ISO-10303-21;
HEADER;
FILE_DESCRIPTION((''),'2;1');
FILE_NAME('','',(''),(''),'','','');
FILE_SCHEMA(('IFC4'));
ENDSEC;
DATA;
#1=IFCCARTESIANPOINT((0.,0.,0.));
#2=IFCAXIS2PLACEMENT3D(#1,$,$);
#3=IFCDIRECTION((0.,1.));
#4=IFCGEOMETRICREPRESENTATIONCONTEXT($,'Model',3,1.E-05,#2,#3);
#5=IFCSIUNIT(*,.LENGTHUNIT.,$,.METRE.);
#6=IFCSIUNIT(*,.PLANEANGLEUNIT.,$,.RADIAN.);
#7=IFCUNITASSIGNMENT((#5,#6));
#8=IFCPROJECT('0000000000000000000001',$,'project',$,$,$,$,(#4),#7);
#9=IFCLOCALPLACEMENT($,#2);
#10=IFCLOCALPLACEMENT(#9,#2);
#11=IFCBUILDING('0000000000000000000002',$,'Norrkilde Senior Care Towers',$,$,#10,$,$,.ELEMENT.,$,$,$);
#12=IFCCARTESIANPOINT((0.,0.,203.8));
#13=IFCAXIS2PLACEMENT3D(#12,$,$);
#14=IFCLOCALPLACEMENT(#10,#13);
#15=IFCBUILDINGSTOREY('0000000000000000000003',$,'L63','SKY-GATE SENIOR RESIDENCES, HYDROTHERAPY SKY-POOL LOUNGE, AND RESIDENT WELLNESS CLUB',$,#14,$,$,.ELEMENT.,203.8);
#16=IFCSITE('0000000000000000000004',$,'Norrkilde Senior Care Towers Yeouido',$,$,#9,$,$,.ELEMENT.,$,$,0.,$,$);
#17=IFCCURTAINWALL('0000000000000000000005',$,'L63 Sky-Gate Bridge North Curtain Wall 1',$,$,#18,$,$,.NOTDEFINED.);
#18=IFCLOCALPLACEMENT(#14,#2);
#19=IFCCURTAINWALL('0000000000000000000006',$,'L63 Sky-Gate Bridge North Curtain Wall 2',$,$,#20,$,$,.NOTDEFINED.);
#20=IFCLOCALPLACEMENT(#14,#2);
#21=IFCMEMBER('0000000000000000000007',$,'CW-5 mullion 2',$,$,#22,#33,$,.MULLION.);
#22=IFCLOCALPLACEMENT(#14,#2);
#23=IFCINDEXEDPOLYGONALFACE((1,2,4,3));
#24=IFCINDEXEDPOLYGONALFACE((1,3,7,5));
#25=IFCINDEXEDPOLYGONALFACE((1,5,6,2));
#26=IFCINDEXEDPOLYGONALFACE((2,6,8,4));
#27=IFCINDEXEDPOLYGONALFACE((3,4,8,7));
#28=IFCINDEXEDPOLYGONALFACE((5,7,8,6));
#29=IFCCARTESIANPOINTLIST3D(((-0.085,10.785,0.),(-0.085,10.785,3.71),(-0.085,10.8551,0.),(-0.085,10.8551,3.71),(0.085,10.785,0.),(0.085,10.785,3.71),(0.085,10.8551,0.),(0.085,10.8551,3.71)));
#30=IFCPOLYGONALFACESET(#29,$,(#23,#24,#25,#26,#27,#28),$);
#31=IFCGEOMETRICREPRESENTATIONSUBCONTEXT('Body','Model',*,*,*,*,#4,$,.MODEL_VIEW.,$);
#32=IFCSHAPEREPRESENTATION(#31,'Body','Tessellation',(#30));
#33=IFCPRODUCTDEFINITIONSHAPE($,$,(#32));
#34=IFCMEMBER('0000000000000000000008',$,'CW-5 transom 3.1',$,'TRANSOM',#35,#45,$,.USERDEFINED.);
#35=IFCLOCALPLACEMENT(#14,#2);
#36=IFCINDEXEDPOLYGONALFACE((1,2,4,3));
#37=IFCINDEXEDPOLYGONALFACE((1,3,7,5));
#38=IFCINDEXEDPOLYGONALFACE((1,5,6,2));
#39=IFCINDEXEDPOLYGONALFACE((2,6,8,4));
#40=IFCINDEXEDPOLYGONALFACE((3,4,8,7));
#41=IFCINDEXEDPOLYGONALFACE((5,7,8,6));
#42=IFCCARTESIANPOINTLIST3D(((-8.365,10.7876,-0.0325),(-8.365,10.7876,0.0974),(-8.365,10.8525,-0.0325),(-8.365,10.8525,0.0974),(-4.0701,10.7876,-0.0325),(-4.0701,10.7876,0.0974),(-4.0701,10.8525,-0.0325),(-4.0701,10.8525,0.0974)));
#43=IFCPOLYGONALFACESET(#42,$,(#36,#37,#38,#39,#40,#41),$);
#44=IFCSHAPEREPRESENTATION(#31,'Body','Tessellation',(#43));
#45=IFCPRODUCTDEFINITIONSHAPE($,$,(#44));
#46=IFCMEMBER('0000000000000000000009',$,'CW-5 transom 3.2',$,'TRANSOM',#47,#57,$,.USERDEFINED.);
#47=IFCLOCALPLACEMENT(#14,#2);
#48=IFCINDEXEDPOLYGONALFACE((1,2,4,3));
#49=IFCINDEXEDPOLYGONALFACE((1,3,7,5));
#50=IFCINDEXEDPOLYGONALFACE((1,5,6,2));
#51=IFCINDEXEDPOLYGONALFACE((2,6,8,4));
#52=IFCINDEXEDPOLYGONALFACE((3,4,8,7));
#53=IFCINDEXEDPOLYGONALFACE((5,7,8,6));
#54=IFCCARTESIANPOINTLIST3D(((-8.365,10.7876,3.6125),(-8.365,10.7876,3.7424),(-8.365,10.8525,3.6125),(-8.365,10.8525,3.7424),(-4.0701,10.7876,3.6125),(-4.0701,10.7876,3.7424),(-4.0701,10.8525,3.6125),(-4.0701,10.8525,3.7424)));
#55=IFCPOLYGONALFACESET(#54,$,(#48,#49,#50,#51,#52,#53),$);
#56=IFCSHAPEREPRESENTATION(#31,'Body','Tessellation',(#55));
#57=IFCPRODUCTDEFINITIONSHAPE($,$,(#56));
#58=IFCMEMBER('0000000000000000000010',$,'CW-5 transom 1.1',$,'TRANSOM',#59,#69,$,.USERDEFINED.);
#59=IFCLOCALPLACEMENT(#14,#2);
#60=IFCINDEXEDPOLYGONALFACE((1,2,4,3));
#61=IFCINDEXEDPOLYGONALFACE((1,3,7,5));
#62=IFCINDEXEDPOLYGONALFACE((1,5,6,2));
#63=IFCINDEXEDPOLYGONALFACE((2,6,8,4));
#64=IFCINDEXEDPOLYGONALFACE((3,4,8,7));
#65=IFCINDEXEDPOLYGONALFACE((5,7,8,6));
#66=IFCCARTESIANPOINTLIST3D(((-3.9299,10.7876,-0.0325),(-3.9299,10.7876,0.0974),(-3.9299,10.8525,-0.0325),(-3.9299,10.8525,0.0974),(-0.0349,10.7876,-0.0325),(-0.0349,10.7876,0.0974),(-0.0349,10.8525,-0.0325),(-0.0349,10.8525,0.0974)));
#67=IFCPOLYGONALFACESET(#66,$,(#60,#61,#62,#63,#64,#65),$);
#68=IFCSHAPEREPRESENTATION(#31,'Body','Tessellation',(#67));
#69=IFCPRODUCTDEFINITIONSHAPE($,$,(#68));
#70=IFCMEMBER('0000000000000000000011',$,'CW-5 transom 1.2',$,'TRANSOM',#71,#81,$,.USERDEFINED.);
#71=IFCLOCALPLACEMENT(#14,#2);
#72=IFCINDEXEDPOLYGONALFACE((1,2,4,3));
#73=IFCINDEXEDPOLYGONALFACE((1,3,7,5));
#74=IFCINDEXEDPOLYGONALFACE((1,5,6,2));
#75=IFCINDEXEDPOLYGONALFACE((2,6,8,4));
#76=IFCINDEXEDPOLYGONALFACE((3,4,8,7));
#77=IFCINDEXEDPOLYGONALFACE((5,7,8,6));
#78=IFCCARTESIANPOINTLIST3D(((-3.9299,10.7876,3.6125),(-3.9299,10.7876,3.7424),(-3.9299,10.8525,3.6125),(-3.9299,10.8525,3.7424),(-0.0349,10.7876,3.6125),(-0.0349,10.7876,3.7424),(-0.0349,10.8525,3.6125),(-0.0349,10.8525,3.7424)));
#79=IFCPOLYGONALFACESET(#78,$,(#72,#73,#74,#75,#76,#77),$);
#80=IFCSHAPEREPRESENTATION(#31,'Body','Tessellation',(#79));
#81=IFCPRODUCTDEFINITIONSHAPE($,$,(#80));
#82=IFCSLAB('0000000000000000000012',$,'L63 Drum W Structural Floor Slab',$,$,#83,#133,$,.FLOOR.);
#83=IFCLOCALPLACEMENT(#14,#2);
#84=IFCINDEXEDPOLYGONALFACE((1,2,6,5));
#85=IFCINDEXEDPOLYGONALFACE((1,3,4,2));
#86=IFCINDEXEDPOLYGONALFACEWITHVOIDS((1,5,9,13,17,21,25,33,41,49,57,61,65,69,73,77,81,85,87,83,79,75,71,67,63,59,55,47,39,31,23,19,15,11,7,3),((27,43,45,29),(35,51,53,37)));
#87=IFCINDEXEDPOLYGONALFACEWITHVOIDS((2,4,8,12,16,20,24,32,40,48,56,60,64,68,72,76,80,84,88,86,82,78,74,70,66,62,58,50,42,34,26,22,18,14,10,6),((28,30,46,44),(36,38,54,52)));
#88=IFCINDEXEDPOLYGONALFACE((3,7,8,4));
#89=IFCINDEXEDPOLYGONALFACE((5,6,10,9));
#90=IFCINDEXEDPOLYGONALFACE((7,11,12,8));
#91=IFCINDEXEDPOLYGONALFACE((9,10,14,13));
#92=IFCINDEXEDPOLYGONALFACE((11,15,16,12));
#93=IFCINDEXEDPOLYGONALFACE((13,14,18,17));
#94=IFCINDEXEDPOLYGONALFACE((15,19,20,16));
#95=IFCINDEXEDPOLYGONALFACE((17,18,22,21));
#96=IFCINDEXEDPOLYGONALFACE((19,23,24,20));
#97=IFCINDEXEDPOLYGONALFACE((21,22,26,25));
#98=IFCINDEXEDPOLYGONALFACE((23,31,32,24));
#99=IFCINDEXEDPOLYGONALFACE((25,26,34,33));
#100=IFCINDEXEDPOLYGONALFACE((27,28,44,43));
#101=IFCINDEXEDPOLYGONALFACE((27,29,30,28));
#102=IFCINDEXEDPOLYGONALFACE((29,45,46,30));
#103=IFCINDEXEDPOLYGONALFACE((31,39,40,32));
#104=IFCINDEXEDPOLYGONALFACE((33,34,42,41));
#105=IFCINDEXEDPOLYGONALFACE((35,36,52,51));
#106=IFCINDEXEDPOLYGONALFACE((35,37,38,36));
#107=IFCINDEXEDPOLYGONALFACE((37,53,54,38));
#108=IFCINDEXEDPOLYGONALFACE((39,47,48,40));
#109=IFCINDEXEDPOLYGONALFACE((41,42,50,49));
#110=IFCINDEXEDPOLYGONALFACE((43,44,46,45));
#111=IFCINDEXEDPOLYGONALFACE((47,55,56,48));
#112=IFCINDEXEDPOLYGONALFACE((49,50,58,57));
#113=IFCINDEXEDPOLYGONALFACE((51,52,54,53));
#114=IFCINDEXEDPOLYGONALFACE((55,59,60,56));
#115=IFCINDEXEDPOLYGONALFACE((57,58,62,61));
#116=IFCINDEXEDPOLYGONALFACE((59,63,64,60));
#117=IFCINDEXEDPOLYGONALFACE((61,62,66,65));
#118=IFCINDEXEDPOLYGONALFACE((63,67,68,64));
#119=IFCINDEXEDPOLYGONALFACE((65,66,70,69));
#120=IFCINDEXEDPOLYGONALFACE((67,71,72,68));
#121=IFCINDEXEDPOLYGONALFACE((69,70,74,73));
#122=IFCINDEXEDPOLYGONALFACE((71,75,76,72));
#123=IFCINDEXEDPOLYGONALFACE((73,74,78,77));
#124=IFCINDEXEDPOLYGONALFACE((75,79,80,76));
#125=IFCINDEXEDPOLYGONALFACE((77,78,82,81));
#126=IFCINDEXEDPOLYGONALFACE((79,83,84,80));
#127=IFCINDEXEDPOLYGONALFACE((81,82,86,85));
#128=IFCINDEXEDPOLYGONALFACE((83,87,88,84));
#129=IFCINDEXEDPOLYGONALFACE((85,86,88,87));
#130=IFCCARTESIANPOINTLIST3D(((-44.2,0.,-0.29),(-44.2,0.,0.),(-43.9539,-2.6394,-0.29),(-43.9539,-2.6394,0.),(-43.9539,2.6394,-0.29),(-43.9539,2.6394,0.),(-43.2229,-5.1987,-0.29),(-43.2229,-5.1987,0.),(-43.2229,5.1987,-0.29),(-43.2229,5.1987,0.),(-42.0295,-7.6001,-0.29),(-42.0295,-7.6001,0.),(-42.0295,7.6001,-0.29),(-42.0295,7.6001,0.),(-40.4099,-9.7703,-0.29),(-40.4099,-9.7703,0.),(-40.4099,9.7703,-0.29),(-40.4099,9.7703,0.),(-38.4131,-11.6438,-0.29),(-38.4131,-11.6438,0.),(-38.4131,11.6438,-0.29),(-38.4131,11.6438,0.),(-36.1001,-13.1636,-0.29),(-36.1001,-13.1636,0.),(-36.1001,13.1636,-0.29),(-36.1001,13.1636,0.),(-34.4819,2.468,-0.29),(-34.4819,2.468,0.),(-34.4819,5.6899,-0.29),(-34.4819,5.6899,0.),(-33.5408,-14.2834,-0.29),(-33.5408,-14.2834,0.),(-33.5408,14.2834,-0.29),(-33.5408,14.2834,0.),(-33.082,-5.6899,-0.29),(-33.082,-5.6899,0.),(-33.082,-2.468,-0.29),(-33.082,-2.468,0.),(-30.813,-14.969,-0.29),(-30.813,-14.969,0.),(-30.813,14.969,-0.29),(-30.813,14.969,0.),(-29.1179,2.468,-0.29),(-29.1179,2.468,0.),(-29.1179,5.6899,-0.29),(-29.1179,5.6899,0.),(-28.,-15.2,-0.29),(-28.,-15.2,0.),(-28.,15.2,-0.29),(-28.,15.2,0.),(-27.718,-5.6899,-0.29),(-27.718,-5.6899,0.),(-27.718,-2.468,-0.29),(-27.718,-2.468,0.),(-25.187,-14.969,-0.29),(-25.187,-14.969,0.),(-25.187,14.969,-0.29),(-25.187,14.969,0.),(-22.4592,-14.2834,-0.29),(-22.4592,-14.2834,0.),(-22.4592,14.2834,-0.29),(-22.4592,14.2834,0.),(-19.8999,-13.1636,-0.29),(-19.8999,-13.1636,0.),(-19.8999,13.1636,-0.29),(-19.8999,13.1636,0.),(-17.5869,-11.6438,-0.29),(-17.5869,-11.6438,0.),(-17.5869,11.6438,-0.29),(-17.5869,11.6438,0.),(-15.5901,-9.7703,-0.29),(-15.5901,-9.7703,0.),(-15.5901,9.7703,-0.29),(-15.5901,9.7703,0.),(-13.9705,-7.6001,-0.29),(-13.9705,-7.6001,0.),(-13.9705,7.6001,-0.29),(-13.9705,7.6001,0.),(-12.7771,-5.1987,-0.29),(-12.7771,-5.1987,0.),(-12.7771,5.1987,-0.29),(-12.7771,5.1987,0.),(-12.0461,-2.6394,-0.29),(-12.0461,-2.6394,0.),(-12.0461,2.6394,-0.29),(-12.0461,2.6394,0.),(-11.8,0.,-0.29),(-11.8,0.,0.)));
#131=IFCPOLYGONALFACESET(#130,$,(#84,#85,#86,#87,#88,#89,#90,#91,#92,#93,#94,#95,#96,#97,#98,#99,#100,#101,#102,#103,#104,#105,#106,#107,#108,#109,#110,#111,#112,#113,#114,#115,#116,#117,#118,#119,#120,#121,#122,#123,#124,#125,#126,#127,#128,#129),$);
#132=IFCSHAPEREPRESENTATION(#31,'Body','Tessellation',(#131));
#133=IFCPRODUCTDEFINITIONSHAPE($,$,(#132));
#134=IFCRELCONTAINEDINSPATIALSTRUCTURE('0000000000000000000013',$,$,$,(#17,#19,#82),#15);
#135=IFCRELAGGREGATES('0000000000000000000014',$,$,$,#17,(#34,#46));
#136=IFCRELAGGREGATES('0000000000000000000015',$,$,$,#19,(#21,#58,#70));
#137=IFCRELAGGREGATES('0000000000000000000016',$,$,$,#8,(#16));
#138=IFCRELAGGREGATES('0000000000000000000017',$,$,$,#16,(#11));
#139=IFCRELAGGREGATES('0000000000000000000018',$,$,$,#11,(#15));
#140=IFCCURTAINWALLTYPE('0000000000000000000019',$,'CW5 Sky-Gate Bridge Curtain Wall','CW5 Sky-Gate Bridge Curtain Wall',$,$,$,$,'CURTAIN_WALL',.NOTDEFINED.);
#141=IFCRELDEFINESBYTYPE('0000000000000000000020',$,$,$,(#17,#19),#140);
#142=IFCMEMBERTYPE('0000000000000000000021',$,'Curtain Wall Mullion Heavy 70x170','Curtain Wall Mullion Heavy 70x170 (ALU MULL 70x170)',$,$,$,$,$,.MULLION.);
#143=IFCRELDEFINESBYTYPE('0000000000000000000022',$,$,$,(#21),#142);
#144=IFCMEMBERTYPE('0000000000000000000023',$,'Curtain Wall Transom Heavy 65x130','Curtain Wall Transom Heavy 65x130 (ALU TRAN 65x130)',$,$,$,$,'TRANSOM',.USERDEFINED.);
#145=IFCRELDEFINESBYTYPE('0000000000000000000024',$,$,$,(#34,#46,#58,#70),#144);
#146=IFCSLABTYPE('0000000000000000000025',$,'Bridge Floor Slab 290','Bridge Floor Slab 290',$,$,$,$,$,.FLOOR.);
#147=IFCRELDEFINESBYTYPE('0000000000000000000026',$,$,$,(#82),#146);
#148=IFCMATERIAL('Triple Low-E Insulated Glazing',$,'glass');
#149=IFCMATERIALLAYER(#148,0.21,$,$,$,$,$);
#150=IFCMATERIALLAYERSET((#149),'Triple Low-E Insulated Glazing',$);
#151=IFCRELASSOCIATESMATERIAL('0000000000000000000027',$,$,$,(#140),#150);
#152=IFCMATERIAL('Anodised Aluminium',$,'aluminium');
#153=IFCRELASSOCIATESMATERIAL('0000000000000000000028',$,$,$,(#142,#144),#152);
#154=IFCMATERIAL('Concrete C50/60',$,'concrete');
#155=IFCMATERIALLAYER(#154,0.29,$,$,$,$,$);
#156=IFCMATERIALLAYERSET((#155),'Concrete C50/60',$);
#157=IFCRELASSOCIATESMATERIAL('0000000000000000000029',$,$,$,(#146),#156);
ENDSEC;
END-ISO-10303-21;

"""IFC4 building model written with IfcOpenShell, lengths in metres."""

from ifc_helpers import new_model, si_unit, direction, frame, origin, origin_2d, place, context, subcontext, project, spatial, polyline, rectangle, outline, extrude, source, transform, mapped, material, layer, layer_set, material_profile, profile_set, type_object, type_shapes, element, aggregate, save


model = new_model("IFC4")

# Units and contexts
model_context = context("Model", 3, precision=1e-05, world=origin(), true_north=direction((0.0, 1.0)))
body_context = subcontext(model_context, "Body", "Model", "MODEL_VIEW")
ifc_project = project(units=[si_unit("LENGTHUNIT", "METRE"), si_unit("PLANEANGLEUNIT", "RADIAN")], contexts=[model_context])

# Site, building, storey
site_placement = place(None, origin())
site = spatial("IfcSite", under=ifc_project, at=site_placement, Name="Norrkilde Senior Care Towers Yeouido", CompositionType="ELEMENT", RefElevation=0.0)
building_placement = place(site_placement, origin())
building = spatial("IfcBuilding", under=site, at=building_placement, Name="Norrkilde Senior Care Towers", CompositionType="ELEMENT")
storey_placement = place(building_placement, frame((0.0, 0.0, 203.8)))
storey = spatial("IfcBuildingStorey", under=building, at=storey_placement, Name="L63", Description="SKY-GATE SENIOR RESIDENCES, HYDROTHERAPY SKY-POOL LOUNGE, AND RESIDENT WELLNESS CLUB", CompositionType="ELEMENT", Elevation=203.8)

# Curtain walls, member
ifc_material_1 = material(Name="Triple Low-E Insulated Glazing", Category="glass")
ifc_layer_1 = layer(ifc_material_1, 0.21)
ifc_layer_set_1 = layer_set([ifc_layer_1], Name="Triple Low-E Insulated Glazing")
curtain_wall_type = type_object("IfcCurtainWallType", Name="CW5 Sky-Gate Bridge Curtain Wall", Description="CW5 Sky-Gate Bridge Curtain Wall", ElementType="CURTAIN_WALL", PredefinedType="NOTDEFINED", material=ifc_layer_set_1)
curtain_wall_1_placement = place(storey_placement, origin())
curtain_wall_1 = element("IfcCurtainWall", 1, at=curtain_wall_1_placement, inside=storey, type_object=curtain_wall_type, Name="L63 Sky-Gate Bridge North Curtain Wall 1", PredefinedType="NOTDEFINED")
ifc_material_2 = material(Name="Anodised Aluminium", Category="aluminium")
ifc_material_profile_1 = material_profile(ifc_material_2, rectangle(XDim=0.0701, YDim=0.1699, at=origin_2d()), Name="ALU MULL 70x170")
ifc_profile_set_1 = profile_set([ifc_material_profile_1], Name="Anodised Aluminium")
member_type_1 = type_object("IfcMemberType", Name="Curtain Wall Mullion Heavy 70x170", Description="Curtain Wall Mullion Heavy 70x170 (ALU MULL 70x170)", PredefinedType="MULLION", material=ifc_profile_set_1)
shared_shape_1 = source(origin(), body_context, "Body", "SweptSolid", [
    extrude(rectangle(XDim=0.0701, YDim=0.1699, at=origin_2d()), origin(), (0.0, 0.0, 1.0), 3.71),
])
type_shapes(member_type_1, [shared_shape_1])
curtain_wall_2_placement = place(storey_placement, origin())
curtain_wall_2 = element("IfcCurtainWall", 2, at=curtain_wall_2_placement, inside=storey, type_object=curtain_wall_type, Name="L63 Sky-Gate Bridge North Curtain Wall 2", PredefinedType="NOTDEFINED")
member_1_placement = place(storey_placement, frame((0.0, 10.8201, 0.0), z_axis=(0.0, 0.0, 1.0), x_axis=(0.0, 1.0, 0.0)))
member_1 = element("IfcMember", 3, at=member_1_placement, type_object=member_type_1, Name="CW-5 mullion 2", PredefinedType="MULLION", context=body_context, shape_type="MappedRepresentation", body=[
    mapped(shared_shape_1, transform((0.0, 0.0, 0.0), x_axis=(1.0, 0.0, 0.0), y_axis=(0.0, 1.0, 0.0), z_axis=(0.0, 0.0, 1.0), scale=1.0)),
])

# Members
ifc_material_profile_2 = material_profile(ifc_material_2, rectangle(XDim=0.0649, YDim=0.1299, at=origin_2d()), Name="ALU TRAN 65x130")
ifc_profile_set_2 = profile_set([ifc_material_profile_2], Name="Anodised Aluminium")
member_type_2 = type_object("IfcMemberType", Name="Curtain Wall Transom Heavy 65x130", Description="Curtain Wall Transom Heavy 65x130 (ALU TRAN 65x130)", ElementType="TRANSOM", PredefinedType="USERDEFINED", material=ifc_profile_set_2)
shared_shape_2 = source(origin(), body_context, "Body", "SweptSolid", [
    extrude(rectangle(XDim=0.0649, YDim=0.1299, at=origin_2d()), origin(), (0.0, 0.0, 1.0), 4.2949),
])
member_2_placement = place(storey_placement, frame((-8.365, 10.8201, 0.0325), z_axis=(1.0, 0.0, 0.0), x_axis=(0.0, 1.0, 0.0)))
member_2 = element("IfcMember", 4, at=member_2_placement, type_object=member_type_2, Name="CW-5 transom 3.1", ObjectType="TRANSOM", PredefinedType="USERDEFINED", context=body_context, shape_type="MappedRepresentation", body=[
    mapped(shared_shape_2, transform((0.0, 0.0, 0.0), x_axis=(1.0, 0.0, 0.0), y_axis=(0.0, 1.0, 0.0), z_axis=(0.0, 0.0, 1.0), scale=1.0)),
])
member_3_placement = place(storey_placement, frame((-8.365, 10.8201, 3.6775), z_axis=(1.0, 0.0, 0.0), x_axis=(0.0, 1.0, 0.0)))
member_3 = element("IfcMember", 5, at=member_3_placement, type_object=member_type_2, Name="CW-5 transom 3.2", ObjectType="TRANSOM", PredefinedType="USERDEFINED", context=body_context, shape_type="MappedRepresentation", body=[
    mapped(shared_shape_2, transform((0.0, 0.0, 0.0), x_axis=(1.0, 0.0, 0.0), y_axis=(0.0, 1.0, 0.0), z_axis=(0.0, 0.0, 1.0), scale=1.0)),
])
shared_shape_3 = source(origin(), body_context, "Body", "SweptSolid", [
    extrude(rectangle(XDim=0.0649, YDim=0.1299, at=origin_2d()), origin(), (0.0, 0.0, 1.0), 3.895),
])
type_shapes(member_type_2, [shared_shape_2, shared_shape_3])
member_4_placement = place(storey_placement, frame((-3.9299, 10.8201, 0.0325), z_axis=(1.0, 0.0, 0.0), x_axis=(0.0, 1.0, 0.0)))
member_4 = element("IfcMember", 6, at=member_4_placement, type_object=member_type_2, Name="CW-5 transom 1.1", ObjectType="TRANSOM", PredefinedType="USERDEFINED", context=body_context, shape_type="MappedRepresentation", body=[
    mapped(shared_shape_3, transform((0.0, 0.0, 0.0), x_axis=(1.0, 0.0, 0.0), y_axis=(0.0, 1.0, 0.0), z_axis=(0.0, 0.0, 1.0), scale=1.0)),
])
member_5_placement = place(storey_placement, frame((-3.9299, 10.8201, 3.6775), z_axis=(1.0, 0.0, 0.0), x_axis=(0.0, 1.0, 0.0)))
member_5 = element("IfcMember", 7, at=member_5_placement, type_object=member_type_2, Name="CW-5 transom 1.2", ObjectType="TRANSOM", PredefinedType="USERDEFINED", context=body_context, shape_type="MappedRepresentation", body=[
    mapped(shared_shape_3, transform((0.0, 0.0, 0.0), x_axis=(1.0, 0.0, 0.0), y_axis=(0.0, 1.0, 0.0), z_axis=(0.0, 0.0, 1.0), scale=1.0)),
])

# Slab
ifc_material_3 = material(Name="Concrete C50/60", Category="concrete")
ifc_layer_2 = layer(ifc_material_3, 0.29)
ifc_layer_set_2 = layer_set([ifc_layer_2], Name="Concrete C50/60")
slab_type_1 = type_object("IfcSlabType", Name="Bridge Floor Slab 290", Description="Bridge Floor Slab 290", PredefinedType="FLOOR", material=ifc_layer_set_2)
slab_1_placement = place(storey_placement, frame((0.0, 0.0, -0.29)))
element("IfcSlab", 8, at=slab_1_placement, inside=storey, type_object=slab_type_1, Name="L63 Drum W Structural Floor Slab", PredefinedType="FLOOR", context=body_context, shape_type="SweptSolid", body=[
    extrude(outline(polyline([(-12.7771, -5.1987), (-13.9705, -7.6001), (-15.5901, -9.7703), (-17.5869, -11.6438), (-19.8999, -13.1636), (-22.4592, -14.2834), (-25.187, -14.969), (-28.0, -15.2), (-30.813, -14.969), (-33.5408, -14.2834), (-36.1001, -13.1636), (-38.4131, -11.6438), (-40.4099, -9.7703), (-42.0295, -7.6001), (-43.2229, -5.1987), (-43.9539, -2.6394), (-44.2, 0.0), (-43.9539, 2.6394), (-43.2229, 5.1987), (-42.0295, 7.6001), (-40.4099, 9.7703), (-38.4131, 11.6438), (-36.1001, 13.1636), (-33.5408, 14.2834), (-30.813, 14.969), (-28.0, 15.2), (-25.187, 14.969), (-22.4592, 14.2834), (-19.8999, 13.1636), (-17.5869, 11.6438), (-15.5901, 9.7703), (-13.9705, 7.6001), (-12.7771, 5.1987), (-12.0461, 2.6394), (-11.8, 0.0), (-12.0461, -2.6394), (-12.7771, -5.1987)]), holes=[polyline([(-34.4819, 2.468), (-29.1179, 2.468), (-29.1179, 5.6899), (-34.4819, 5.6899), (-34.4819, 2.468)]), polyline([(-27.718, -5.6899), (-27.718, -2.468), (-33.082, -2.468), (-33.082, -5.6899), (-27.718, -5.6899)])]), origin(), (0.0, 0.0, 1.0), 0.29),
])

aggregate(curtain_wall_1, [member_2, member_3])
aggregate(curtain_wall_2, [member_1, member_4, member_5])

save(model, "model.ifc")
